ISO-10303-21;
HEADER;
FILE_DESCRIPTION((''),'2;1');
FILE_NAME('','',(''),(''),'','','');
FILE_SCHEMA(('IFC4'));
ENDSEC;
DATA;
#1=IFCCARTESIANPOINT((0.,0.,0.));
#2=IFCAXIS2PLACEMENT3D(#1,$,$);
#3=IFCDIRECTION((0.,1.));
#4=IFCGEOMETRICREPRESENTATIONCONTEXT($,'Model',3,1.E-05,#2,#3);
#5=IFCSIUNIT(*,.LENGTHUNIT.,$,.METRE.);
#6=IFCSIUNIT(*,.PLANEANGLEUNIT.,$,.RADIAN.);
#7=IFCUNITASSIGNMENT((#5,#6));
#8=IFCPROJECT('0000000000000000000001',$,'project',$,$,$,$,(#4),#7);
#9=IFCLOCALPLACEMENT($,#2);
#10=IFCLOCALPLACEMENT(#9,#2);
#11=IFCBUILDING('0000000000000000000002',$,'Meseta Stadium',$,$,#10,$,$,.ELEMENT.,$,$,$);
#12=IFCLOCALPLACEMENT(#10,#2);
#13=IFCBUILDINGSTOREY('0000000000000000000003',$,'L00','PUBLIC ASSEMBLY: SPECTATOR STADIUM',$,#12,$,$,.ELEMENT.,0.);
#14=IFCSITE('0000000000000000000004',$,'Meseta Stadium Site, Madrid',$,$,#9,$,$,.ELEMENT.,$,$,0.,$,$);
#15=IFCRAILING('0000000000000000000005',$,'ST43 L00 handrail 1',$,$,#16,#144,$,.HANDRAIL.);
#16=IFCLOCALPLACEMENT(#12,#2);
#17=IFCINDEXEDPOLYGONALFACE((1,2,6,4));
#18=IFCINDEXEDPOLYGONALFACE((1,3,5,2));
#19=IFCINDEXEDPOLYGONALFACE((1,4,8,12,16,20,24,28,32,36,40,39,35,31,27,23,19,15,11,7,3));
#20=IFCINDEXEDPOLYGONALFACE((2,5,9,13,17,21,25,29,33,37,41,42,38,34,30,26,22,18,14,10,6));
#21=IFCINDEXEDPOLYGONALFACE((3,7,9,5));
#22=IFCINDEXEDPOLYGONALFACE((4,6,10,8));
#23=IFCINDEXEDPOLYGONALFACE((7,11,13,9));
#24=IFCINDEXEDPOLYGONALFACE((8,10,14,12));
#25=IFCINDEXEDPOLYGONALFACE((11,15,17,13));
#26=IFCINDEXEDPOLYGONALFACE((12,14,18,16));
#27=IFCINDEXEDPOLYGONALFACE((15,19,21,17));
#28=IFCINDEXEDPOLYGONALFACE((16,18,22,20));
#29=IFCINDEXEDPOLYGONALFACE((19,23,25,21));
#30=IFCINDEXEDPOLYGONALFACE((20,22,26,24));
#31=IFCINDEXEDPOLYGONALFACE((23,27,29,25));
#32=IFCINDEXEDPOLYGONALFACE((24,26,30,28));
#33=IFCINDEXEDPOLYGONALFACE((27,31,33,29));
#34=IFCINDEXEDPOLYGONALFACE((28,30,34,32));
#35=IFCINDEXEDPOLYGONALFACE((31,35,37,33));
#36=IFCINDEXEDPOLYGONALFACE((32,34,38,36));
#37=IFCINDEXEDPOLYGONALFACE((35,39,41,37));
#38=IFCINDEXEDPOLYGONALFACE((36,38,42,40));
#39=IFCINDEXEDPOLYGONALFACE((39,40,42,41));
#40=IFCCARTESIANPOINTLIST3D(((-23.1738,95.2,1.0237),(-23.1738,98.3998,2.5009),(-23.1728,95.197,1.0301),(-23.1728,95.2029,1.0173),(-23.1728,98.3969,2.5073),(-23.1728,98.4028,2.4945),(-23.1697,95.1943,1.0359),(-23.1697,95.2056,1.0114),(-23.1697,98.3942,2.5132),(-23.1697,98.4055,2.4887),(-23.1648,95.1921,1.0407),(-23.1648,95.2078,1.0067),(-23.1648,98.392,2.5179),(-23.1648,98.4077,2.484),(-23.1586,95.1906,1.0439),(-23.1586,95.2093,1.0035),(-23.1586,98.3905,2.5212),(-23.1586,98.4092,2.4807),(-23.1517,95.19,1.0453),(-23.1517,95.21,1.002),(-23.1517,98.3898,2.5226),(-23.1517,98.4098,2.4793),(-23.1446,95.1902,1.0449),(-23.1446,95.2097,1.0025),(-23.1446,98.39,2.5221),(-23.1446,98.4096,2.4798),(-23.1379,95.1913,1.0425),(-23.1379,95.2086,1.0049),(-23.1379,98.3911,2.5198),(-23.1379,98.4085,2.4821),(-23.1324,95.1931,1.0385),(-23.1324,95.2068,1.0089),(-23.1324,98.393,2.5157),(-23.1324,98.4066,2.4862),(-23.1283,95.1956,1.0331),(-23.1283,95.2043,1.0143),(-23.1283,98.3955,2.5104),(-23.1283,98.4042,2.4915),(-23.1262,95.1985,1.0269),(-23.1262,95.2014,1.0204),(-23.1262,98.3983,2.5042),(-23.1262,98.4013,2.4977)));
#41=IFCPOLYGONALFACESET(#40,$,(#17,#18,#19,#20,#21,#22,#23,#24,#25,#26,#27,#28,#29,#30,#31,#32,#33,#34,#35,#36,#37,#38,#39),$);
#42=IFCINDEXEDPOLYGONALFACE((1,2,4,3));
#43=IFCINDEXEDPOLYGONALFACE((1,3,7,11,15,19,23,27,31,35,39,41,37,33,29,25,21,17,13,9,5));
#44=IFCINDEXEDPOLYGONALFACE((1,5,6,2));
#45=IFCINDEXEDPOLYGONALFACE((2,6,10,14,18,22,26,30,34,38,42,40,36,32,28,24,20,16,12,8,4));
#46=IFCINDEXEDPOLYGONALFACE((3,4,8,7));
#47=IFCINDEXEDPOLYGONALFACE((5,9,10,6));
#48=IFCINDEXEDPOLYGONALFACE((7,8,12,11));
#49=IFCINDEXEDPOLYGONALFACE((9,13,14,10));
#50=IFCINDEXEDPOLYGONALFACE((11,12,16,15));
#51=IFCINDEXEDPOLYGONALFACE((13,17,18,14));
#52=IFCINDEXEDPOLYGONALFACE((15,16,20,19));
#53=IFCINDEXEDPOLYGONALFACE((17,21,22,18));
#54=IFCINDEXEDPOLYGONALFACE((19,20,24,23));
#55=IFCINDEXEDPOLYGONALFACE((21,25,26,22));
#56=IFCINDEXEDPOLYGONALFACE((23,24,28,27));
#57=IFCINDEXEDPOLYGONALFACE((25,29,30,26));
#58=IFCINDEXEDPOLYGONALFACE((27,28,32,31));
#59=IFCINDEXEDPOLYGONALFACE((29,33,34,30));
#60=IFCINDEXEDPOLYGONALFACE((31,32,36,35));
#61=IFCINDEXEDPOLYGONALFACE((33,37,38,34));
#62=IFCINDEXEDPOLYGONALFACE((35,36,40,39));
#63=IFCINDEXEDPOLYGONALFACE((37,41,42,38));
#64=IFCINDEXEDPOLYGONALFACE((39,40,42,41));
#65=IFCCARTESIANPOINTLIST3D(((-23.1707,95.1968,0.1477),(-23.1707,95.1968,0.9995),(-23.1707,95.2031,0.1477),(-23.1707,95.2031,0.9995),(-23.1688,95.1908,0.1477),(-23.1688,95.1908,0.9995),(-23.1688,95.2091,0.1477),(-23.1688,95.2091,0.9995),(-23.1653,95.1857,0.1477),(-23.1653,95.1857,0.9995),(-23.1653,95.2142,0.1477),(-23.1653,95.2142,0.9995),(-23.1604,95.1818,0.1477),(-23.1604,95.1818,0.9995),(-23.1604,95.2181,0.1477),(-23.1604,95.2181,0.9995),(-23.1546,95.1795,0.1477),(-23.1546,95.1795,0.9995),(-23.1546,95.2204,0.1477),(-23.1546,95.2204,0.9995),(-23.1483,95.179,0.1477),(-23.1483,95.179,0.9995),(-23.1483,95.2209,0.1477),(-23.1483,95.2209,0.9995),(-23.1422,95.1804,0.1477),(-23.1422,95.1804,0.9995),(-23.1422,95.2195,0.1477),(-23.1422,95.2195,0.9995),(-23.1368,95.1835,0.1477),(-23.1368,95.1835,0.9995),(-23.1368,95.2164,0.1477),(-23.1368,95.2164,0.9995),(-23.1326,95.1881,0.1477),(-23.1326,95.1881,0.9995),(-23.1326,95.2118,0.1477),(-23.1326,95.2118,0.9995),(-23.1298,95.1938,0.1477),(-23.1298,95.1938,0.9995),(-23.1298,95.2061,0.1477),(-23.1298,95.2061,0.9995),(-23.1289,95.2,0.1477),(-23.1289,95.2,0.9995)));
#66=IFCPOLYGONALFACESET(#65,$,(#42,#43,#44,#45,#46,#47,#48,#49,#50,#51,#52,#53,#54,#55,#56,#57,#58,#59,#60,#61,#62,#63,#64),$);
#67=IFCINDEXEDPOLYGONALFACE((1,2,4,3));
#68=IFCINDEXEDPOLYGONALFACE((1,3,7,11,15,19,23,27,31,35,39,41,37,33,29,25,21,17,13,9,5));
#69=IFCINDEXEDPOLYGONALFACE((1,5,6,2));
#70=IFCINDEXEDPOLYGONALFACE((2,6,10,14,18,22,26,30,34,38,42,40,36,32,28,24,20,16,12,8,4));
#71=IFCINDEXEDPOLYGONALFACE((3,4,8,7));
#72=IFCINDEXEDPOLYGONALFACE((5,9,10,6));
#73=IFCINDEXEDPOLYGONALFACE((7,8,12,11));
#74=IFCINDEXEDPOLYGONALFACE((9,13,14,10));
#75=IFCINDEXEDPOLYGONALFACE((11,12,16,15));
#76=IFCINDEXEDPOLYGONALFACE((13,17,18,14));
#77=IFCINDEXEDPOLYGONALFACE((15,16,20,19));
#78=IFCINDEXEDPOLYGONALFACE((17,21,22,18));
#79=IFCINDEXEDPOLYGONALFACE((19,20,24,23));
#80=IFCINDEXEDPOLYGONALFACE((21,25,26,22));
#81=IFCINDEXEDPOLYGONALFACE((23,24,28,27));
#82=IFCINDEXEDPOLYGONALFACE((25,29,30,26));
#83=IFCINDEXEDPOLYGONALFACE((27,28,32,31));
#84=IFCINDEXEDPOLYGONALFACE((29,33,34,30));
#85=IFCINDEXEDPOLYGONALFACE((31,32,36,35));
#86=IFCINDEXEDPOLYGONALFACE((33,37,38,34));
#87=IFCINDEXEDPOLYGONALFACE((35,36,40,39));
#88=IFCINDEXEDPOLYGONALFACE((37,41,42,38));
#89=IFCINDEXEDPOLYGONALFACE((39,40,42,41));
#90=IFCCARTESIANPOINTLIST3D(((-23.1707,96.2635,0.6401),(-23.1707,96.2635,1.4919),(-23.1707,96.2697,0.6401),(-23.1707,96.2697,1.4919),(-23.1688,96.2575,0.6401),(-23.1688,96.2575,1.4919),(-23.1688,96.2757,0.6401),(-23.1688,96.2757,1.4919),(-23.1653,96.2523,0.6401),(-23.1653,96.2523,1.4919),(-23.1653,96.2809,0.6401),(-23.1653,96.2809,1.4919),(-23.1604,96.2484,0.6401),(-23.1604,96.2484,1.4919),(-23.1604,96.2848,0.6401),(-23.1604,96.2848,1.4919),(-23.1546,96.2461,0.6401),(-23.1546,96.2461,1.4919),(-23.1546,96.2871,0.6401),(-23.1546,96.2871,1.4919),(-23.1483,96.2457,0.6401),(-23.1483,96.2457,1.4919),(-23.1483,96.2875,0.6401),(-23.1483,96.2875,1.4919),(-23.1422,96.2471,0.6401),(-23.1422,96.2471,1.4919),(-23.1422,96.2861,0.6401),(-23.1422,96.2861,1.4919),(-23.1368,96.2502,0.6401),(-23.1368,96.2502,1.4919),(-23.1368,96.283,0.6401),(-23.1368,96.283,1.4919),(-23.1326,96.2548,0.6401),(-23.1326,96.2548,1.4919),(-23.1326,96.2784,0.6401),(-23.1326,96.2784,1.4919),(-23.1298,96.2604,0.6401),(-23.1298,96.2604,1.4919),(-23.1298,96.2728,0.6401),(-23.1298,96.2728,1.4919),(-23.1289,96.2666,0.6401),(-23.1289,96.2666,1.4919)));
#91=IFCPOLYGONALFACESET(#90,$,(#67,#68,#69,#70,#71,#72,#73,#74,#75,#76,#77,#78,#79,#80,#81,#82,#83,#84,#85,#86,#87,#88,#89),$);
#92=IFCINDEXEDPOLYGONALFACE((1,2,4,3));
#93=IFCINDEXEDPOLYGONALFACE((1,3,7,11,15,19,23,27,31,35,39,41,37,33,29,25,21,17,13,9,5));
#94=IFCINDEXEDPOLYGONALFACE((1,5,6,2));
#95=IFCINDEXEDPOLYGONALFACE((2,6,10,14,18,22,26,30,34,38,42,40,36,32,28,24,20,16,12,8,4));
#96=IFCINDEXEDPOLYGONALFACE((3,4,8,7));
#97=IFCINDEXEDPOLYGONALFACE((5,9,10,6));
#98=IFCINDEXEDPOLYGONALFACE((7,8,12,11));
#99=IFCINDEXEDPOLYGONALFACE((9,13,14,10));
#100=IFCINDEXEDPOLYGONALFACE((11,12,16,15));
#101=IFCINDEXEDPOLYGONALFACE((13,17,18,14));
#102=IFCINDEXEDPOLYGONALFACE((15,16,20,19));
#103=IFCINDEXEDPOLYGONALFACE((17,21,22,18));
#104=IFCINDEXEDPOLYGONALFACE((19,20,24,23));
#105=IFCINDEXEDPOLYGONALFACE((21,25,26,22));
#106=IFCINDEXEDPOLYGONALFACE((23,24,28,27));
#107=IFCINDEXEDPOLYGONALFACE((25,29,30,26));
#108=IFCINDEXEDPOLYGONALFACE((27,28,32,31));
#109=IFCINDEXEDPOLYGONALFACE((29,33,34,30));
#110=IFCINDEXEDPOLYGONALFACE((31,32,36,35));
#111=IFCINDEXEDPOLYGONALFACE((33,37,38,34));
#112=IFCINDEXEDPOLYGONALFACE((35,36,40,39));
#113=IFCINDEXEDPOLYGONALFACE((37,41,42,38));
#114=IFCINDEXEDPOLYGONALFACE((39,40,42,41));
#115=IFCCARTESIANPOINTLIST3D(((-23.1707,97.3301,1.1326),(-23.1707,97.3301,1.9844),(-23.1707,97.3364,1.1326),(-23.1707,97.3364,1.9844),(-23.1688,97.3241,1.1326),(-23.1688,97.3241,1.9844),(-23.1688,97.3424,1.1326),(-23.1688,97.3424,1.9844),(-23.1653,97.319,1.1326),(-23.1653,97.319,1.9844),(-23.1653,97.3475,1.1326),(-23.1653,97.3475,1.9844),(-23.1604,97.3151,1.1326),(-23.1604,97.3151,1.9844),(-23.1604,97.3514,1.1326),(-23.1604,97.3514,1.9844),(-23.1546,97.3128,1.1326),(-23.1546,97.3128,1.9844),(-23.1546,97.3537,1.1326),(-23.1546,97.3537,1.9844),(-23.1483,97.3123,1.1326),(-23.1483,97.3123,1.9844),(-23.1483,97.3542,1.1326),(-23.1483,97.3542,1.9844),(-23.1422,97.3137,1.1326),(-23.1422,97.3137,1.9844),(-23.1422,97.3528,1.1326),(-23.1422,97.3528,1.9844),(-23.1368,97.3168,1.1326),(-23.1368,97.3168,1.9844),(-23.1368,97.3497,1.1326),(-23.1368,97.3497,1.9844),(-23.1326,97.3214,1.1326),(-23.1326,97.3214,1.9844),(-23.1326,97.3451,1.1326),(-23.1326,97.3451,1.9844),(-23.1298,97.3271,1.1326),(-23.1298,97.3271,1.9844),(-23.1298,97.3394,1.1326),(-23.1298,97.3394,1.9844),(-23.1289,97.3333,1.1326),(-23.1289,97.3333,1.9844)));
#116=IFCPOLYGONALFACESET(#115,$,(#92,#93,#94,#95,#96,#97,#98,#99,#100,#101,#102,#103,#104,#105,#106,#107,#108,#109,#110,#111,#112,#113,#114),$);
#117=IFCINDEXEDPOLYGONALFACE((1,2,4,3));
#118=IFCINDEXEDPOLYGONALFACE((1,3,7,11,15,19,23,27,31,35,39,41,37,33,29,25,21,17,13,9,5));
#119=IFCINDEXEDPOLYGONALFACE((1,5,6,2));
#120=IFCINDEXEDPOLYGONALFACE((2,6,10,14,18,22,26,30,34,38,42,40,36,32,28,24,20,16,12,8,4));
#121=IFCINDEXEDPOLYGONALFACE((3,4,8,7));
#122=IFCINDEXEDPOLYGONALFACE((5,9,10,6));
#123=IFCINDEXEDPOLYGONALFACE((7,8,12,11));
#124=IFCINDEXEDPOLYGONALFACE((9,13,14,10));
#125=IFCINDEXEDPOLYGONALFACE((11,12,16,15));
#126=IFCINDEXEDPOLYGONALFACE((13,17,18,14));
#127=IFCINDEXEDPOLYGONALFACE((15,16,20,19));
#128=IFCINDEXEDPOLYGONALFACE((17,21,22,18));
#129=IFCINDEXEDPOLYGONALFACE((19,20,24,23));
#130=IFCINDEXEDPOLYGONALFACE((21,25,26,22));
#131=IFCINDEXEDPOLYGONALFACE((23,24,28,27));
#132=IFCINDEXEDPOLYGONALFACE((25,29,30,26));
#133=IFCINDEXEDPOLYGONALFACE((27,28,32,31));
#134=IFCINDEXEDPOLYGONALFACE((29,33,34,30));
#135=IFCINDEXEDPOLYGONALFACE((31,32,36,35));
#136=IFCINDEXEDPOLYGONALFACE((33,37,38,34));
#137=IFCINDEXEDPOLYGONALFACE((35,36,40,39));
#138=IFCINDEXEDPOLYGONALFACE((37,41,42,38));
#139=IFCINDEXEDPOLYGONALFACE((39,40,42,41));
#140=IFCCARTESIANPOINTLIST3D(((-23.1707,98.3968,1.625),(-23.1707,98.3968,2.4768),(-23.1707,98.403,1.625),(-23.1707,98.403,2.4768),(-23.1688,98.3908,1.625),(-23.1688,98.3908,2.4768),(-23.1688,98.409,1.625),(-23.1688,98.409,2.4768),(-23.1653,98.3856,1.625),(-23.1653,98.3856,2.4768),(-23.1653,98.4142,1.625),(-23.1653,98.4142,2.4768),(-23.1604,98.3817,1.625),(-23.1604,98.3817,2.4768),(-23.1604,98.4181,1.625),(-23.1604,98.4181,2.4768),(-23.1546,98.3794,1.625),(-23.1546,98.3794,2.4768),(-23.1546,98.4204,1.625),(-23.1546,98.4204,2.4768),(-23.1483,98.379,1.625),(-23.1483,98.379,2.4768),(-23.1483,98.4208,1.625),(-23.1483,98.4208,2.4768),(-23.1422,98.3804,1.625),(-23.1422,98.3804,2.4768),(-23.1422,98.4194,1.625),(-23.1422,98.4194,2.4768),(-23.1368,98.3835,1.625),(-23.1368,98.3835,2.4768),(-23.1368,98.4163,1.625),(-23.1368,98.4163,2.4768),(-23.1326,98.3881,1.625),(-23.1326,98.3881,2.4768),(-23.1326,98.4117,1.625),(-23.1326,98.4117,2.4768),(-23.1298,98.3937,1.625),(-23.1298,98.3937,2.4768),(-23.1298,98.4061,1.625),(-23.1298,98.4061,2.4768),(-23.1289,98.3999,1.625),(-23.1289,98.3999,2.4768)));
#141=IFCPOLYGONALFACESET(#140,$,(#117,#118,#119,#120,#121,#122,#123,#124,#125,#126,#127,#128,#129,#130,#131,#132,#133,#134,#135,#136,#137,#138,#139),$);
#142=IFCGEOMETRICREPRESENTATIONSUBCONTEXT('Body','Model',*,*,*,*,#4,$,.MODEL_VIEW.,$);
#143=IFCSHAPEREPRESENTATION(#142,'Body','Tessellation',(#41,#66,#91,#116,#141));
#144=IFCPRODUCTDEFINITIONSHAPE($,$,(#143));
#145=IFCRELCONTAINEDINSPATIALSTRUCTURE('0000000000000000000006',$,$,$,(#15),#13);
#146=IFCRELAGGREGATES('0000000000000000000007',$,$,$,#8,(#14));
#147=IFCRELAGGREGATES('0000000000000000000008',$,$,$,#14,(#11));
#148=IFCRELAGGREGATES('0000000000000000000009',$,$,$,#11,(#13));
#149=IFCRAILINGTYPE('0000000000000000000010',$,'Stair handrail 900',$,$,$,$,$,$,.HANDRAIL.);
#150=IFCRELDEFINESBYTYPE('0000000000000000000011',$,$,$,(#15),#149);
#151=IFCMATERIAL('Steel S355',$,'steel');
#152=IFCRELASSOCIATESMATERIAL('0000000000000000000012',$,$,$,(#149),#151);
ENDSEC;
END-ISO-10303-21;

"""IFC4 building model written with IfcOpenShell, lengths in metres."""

from ifc_helpers import new_model, si_unit, direction, frame, origin, origin_2d, place, context, subcontext, project, spatial, circle, extrude, material, type_object, element, save


model = new_model("IFC4")

# Units and contexts
model_context = context("Model", 3, precision=1e-05, world=origin(), true_north=direction((0.0, 1.0)))
body_context = subcontext(model_context, "Body", "Model", "MODEL_VIEW")
ifc_project = project(units=[si_unit("LENGTHUNIT", "METRE"), si_unit("PLANEANGLEUNIT", "RADIAN")], contexts=[model_context])

# Site, building, storey
site_placement = place(None, origin())
site = spatial("IfcSite", under=ifc_project, at=site_placement, Name="Meseta Stadium Site, Madrid", CompositionType="ELEMENT", RefElevation=0.0)
building_placement = place(site_placement, origin())
building = spatial("IfcBuilding", under=site, at=building_placement, Name="Meseta Stadium", CompositionType="ELEMENT")
storey_placement = place(building_placement, origin())
storey = spatial("IfcBuildingStorey", under=building, at=storey_placement, Name="L00", Description="PUBLIC ASSEMBLY: SPECTATOR STADIUM", CompositionType="ELEMENT", Elevation=0.0)

# Railing
ifc_material_1 = material(Name="Steel S355", Category="steel")
railing_type_1 = type_object("IfcRailingType", Name="Stair handrail 900", PredefinedType="HANDRAIL", material=ifc_material_1)
railing_1_placement = place(storey_placement, frame((-23.1499, 95.2, 0.1477)))
element("IfcRailing", 1, at=railing_1_placement, inside=storey, type_object=railing_type_1, Name="ST43 L00 handrail 1", PredefinedType="HANDRAIL", context=body_context, shape_type="SweptSolid", body=[
    extrude(circle(Radius=0.0239, at=origin_2d()), frame((0.0, 0.0, 0.876), z_axis=(0.0, 0.907917, 0.41915), x_axis=(-1.0, 0.0, 0.0)), (0.0, 0.0, 1.0), 3.5244),
    extrude(circle(Radius=0.021, at=origin_2d()), origin(), (0.0, 0.0, 1.0), 0.8518),
    extrude(circle(Radius=0.021, at=origin_2d()), frame((0.0, 1.0667, 0.4924)), (0.0, 0.0, 1.0), 0.8518),
    extrude(circle(Radius=0.021, at=origin_2d()), frame((0.0, 2.1333, 0.9849)), (0.0, 0.0, 1.0), 0.8518),
    extrude(circle(Radius=0.021, at=origin_2d()), frame((0.0, 3.2, 1.4773)), (0.0, 0.0, 1.0), 0.8518),
])

save(model, "model.ifc")
